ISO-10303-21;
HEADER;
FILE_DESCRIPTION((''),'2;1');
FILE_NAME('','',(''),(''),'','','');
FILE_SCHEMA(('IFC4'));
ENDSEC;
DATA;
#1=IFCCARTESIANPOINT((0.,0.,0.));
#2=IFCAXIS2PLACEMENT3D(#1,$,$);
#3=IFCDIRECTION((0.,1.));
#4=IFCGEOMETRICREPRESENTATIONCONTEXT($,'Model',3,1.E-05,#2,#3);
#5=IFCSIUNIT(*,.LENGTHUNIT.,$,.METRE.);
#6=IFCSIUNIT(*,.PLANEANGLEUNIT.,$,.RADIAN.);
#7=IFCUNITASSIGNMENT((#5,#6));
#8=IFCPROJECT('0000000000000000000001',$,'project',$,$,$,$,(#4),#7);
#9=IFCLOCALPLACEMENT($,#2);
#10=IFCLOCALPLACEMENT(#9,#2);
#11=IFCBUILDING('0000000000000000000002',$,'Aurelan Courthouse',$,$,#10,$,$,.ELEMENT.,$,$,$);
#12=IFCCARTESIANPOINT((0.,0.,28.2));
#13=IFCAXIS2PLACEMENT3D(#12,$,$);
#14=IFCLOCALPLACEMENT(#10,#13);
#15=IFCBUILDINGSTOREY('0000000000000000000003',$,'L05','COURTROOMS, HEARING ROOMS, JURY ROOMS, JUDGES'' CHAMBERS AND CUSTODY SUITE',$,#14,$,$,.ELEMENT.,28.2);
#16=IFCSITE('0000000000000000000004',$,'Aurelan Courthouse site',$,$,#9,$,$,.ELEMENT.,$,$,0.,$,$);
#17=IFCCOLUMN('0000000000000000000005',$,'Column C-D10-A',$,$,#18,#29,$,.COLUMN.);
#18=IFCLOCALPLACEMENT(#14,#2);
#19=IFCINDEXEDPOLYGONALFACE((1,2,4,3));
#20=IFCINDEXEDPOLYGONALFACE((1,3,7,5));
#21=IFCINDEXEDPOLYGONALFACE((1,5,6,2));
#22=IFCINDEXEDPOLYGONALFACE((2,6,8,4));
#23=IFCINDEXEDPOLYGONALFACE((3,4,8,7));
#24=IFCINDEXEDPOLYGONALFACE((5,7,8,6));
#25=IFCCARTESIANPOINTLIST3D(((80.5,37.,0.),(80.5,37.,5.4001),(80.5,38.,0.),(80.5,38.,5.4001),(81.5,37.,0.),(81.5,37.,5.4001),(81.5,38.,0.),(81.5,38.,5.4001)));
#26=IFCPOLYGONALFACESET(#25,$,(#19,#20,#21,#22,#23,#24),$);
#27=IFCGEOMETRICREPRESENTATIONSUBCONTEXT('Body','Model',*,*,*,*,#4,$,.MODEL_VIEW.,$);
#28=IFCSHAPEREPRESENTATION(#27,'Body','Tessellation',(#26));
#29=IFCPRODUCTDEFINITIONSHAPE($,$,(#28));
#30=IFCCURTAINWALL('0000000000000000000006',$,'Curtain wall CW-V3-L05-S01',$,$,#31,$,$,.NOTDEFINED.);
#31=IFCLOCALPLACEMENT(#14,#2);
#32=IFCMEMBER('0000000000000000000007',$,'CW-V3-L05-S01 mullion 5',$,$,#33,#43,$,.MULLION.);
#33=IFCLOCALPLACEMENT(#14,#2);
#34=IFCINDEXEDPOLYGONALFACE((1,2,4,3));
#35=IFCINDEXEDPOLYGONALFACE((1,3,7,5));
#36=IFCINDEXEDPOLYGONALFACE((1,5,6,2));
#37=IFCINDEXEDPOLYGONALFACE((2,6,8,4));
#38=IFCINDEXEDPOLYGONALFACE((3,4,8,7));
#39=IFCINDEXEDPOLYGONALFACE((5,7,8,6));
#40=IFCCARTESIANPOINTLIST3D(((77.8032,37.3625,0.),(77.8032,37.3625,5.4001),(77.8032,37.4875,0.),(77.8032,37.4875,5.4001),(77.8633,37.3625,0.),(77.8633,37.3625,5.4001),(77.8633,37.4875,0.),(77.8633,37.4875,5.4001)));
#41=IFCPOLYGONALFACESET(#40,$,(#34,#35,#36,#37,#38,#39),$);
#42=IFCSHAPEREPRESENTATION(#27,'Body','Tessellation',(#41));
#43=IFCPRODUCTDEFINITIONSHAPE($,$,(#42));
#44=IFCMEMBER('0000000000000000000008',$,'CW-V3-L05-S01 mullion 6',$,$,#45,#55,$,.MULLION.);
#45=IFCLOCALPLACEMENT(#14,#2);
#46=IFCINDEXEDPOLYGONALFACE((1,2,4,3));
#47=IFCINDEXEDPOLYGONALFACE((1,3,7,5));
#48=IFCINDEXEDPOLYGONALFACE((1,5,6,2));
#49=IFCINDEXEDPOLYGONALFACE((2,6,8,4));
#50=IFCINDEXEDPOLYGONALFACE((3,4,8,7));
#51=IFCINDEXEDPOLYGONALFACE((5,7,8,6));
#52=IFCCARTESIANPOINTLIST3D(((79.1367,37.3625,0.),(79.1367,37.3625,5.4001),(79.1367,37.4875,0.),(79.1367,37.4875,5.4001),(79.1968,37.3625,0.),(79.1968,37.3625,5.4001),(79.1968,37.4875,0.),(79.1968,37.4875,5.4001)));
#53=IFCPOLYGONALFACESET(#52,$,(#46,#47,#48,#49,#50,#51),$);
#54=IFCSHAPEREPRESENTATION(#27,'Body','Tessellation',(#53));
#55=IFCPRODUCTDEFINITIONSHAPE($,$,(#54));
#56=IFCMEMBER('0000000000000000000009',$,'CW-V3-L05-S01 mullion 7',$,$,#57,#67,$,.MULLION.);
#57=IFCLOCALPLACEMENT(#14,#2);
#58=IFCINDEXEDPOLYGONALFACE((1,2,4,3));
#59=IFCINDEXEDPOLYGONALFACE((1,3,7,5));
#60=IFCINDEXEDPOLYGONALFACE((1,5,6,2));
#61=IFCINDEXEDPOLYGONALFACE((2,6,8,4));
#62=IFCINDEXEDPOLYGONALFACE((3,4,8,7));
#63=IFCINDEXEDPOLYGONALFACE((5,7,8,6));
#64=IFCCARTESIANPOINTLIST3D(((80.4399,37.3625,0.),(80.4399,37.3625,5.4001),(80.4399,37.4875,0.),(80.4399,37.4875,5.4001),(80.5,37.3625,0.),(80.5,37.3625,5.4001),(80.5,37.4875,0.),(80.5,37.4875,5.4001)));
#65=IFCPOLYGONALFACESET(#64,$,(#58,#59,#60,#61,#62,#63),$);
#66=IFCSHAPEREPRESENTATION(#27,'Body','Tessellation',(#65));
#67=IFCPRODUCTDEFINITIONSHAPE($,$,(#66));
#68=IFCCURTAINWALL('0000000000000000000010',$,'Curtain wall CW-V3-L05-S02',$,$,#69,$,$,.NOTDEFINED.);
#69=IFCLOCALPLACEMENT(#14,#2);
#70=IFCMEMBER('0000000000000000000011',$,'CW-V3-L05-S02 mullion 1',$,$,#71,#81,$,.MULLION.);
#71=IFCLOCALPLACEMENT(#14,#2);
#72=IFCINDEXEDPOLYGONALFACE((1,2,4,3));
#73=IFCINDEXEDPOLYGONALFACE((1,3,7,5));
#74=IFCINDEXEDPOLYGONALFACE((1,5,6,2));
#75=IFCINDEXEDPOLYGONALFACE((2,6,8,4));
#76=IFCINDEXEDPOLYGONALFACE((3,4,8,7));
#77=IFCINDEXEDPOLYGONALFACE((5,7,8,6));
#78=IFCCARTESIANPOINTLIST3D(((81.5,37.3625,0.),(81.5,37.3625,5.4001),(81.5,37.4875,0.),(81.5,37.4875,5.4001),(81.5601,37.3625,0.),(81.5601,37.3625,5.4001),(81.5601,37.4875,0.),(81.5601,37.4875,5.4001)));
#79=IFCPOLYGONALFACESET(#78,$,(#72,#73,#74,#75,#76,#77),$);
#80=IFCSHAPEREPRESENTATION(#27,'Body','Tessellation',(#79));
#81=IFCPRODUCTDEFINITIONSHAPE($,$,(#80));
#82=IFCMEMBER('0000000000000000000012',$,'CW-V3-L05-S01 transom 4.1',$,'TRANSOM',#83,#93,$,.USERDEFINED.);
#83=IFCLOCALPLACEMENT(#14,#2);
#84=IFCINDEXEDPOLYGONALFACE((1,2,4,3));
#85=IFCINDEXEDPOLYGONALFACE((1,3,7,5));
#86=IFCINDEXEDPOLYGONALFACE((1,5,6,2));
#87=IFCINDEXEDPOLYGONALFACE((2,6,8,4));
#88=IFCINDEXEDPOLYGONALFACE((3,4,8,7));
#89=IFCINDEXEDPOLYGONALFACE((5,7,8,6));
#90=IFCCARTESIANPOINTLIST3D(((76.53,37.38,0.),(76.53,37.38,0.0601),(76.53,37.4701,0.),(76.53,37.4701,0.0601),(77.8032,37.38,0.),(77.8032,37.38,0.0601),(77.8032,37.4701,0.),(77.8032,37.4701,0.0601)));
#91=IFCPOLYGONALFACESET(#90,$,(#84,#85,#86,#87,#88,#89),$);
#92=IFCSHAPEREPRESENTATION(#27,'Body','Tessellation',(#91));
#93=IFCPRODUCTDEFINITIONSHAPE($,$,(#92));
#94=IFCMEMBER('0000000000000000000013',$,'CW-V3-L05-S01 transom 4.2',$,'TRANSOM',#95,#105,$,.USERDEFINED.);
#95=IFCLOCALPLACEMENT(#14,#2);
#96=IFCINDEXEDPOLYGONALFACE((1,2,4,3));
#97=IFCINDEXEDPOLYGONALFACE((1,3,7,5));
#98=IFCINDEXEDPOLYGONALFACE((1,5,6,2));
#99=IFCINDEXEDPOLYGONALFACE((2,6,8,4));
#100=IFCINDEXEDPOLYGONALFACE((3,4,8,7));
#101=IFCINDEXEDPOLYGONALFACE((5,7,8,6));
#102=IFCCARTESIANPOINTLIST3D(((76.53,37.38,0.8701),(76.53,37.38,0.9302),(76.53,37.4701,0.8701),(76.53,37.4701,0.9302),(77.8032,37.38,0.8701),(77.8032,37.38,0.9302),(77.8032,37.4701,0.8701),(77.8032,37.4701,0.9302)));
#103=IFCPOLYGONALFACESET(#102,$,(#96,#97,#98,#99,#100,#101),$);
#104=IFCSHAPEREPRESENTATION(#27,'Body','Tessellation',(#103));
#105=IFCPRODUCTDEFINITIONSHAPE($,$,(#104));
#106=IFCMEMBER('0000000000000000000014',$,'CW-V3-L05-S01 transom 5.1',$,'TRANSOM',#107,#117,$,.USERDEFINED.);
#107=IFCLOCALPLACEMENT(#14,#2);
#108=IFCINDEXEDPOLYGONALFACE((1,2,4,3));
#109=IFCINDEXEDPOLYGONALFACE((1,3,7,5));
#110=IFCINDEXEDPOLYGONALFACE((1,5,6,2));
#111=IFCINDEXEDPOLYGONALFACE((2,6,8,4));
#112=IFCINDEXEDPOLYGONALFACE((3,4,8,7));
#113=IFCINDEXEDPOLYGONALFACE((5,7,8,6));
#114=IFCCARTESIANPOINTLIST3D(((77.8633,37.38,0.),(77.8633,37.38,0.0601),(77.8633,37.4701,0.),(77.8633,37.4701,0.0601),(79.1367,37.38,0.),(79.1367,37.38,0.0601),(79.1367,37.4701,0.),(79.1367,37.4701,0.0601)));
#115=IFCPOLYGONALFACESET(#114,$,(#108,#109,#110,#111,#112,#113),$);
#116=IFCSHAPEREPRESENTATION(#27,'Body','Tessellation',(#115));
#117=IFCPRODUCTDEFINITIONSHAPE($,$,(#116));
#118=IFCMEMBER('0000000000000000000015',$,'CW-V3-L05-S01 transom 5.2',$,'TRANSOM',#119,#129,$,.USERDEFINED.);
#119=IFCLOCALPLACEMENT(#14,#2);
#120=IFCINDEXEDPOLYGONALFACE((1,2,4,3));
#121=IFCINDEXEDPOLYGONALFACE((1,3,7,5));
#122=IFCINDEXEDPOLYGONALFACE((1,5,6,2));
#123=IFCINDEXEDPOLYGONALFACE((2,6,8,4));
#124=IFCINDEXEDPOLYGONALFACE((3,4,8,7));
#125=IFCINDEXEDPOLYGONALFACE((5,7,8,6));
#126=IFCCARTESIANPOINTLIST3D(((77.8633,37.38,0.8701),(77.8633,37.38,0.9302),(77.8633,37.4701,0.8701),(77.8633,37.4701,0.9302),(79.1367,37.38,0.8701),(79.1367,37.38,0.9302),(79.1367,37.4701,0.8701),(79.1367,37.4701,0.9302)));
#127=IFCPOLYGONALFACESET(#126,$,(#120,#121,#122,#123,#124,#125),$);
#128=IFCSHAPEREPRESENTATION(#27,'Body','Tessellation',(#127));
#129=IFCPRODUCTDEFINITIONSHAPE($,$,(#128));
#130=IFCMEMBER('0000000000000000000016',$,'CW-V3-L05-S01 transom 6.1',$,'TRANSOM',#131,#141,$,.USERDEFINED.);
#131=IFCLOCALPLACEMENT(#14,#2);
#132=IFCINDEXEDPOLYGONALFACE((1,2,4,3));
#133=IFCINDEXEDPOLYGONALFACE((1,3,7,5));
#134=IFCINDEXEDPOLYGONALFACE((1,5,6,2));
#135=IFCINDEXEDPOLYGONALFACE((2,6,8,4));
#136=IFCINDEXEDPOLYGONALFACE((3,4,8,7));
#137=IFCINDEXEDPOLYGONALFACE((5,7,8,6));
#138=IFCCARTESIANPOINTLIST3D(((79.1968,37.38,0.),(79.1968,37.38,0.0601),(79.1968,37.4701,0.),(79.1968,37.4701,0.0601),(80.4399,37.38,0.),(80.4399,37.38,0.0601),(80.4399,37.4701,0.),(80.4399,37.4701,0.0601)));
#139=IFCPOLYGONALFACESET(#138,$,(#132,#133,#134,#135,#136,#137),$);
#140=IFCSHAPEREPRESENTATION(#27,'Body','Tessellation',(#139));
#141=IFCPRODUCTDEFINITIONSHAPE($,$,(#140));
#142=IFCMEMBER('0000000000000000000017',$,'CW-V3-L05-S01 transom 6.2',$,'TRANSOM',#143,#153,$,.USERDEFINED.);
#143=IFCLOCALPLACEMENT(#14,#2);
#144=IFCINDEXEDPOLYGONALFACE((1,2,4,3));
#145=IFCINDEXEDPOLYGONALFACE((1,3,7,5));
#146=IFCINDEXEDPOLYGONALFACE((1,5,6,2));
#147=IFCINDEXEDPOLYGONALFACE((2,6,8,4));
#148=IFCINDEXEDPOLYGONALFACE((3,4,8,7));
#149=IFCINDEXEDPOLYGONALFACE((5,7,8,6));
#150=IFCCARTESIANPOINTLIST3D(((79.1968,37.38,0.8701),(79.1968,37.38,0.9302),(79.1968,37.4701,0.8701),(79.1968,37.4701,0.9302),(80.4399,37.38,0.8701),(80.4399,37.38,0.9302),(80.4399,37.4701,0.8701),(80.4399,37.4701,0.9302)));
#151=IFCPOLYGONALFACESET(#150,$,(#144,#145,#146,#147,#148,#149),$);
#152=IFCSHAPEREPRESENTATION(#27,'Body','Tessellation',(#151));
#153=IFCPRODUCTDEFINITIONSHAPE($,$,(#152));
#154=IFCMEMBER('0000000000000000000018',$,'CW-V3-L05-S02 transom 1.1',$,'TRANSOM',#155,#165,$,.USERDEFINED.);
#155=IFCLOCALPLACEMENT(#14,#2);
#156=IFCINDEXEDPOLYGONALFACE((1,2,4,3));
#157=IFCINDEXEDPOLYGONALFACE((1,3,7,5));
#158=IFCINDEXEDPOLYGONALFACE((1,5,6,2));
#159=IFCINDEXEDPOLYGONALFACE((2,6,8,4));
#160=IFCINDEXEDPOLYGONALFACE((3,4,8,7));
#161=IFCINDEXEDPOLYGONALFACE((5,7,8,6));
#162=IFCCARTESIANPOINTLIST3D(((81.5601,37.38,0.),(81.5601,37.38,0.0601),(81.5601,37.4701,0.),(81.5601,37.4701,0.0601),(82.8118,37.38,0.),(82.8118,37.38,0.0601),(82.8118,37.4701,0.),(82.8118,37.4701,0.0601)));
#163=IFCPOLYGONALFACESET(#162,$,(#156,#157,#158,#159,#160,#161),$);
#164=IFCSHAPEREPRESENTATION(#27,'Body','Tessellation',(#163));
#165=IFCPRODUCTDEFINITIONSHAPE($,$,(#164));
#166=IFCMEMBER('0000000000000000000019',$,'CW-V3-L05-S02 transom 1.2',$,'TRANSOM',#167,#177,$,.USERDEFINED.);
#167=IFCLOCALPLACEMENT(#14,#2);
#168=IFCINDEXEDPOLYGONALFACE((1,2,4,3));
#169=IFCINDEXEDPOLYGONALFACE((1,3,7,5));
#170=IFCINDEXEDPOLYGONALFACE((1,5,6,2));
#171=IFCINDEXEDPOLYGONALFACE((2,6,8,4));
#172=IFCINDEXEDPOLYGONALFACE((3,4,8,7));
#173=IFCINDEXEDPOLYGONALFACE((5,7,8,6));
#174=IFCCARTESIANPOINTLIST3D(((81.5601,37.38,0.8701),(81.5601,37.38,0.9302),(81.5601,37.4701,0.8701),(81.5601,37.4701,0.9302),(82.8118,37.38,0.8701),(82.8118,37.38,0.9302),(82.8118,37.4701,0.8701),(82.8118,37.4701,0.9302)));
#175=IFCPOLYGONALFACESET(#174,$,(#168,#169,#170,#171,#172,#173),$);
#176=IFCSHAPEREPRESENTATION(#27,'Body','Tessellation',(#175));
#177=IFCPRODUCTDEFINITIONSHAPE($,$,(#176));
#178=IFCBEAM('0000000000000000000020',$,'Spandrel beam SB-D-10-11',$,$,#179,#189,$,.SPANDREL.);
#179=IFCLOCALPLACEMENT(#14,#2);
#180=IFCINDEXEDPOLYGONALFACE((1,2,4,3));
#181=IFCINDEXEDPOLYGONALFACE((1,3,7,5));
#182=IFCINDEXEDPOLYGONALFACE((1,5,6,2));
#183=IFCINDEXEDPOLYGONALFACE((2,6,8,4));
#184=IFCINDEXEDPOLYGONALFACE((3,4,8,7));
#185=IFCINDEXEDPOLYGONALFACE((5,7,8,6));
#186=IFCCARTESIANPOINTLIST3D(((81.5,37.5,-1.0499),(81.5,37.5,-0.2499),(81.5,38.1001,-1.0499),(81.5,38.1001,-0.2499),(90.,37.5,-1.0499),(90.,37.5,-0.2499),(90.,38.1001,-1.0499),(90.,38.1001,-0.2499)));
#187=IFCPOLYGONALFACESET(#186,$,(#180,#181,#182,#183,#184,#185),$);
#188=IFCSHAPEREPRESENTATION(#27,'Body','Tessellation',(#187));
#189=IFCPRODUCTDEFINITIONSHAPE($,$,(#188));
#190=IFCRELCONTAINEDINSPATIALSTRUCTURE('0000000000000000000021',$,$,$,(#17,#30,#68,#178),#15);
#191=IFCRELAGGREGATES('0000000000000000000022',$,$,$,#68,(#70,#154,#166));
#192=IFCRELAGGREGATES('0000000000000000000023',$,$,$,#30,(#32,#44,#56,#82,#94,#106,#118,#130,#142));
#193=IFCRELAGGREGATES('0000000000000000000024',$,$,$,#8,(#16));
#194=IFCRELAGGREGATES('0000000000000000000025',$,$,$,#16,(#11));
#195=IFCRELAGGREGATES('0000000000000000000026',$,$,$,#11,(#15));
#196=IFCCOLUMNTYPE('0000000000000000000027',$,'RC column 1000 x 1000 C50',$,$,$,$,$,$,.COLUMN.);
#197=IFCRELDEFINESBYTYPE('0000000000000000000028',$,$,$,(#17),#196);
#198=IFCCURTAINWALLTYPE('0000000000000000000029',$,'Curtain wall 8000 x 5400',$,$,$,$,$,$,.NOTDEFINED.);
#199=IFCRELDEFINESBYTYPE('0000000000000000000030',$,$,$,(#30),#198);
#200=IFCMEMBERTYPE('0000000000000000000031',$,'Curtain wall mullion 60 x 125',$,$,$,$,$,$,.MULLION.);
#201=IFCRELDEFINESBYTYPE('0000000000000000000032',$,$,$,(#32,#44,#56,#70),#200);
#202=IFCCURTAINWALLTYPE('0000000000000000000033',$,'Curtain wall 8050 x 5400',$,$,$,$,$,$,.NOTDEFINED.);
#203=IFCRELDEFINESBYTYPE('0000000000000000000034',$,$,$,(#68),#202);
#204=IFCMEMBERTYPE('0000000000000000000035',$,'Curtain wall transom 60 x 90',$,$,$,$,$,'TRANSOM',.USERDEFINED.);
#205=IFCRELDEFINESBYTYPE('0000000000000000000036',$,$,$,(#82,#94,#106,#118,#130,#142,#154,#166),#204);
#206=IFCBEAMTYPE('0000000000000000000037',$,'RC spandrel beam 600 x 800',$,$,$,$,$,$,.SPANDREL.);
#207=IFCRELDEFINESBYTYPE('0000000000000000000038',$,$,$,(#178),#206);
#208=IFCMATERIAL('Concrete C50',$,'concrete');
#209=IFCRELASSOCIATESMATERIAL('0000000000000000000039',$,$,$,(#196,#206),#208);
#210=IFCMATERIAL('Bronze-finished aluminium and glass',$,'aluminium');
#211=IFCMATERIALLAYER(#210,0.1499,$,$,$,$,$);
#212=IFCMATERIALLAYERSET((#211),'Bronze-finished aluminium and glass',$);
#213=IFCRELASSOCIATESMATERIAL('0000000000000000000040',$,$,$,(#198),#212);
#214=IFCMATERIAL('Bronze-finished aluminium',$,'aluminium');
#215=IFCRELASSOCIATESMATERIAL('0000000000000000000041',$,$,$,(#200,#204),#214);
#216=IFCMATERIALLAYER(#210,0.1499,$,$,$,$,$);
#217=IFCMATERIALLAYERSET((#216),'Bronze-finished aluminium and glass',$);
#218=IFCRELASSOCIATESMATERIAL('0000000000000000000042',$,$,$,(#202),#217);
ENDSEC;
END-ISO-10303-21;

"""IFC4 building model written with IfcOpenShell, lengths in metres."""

from ifc_helpers import new_model, si_unit, direction, frame, origin, origin_2d, place, context, subcontext, project, spatial, rectangle, extrude, material, layer, layer_set, material_profile, profile_set, type_object, element, aggregate, save


model = new_model("IFC4")

# Units and contexts
model_context = context("Model", 3, precision=1e-05, world=origin(), true_north=direction((0.0, 1.0)))
body_context = subcontext(model_context, "Body", "Model", "MODEL_VIEW")
ifc_project = project(units=[si_unit("LENGTHUNIT", "METRE"), si_unit("PLANEANGLEUNIT", "RADIAN")], contexts=[model_context])

# Site, building, storey
site_placement = place(None, origin())
site = spatial("IfcSite", under=ifc_project, at=site_placement, Name="Aurelan Courthouse site", CompositionType="ELEMENT", RefElevation=0.0)
building_placement = place(site_placement, origin())
building = spatial("IfcBuilding", under=site, at=building_placement, Name="Aurelan Courthouse", CompositionType="ELEMENT")
storey_placement = place(building_placement, frame((0.0, 0.0, 28.2)))
storey = spatial("IfcBuildingStorey", under=building, at=storey_placement, Name="L05", Description="COURTROOMS, HEARING ROOMS, JURY ROOMS, JUDGES' CHAMBERS AND CUSTODY SUITE", CompositionType="ELEMENT", Elevation=28.2)

# Column
ifc_material_1 = material(Name="Concrete C50", Category="concrete")
ifc_material_profile_1 = material_profile(ifc_material_1, rectangle(XDim=1.0, YDim=1.0, at=origin_2d()), Name="RC 1000 x 1000")
ifc_profile_set_1 = profile_set([ifc_material_profile_1], Name="Concrete C50")
column_type = type_object("IfcColumnType", Name="RC column 1000 x 1000 C50", PredefinedType="COLUMN", material=ifc_profile_set_1)
column_placement = place(storey_placement, frame((81.0, 37.5, 0.0), z_axis=(0.0, 0.0, 1.0), x_axis=(1.0, 0.0, 0.0)))
element("IfcColumn", 1, at=column_placement, inside=storey, type_object=column_type, Name="Column C-D10-A", PredefinedType="COLUMN", context=body_context, shape_type="SweptSolid", body=[
    extrude(rectangle(XDim=1.0, YDim=1.0, at=origin_2d()), origin(), (0.0, 0.0, 1.0), 5.4001),
])

# Curtain wall, members
ifc_material_2 = material(Name="Bronze-finished aluminium and glass", Category="aluminium")
ifc_layer_1 = layer(ifc_material_2, 0.1499)
ifc_layer_set_1 = layer_set([ifc_layer_1], Name="Bronze-finished aluminium and glass")
curtain_wall_type_1 = type_object("IfcCurtainWallType", Name="Curtain wall 8000 x 5400", PredefinedType="NOTDEFINED", material=ifc_layer_set_1)
curtain_wall_1_placement = place(storey_placement, origin())
curtain_wall_1 = element("IfcCurtainWall", 2, at=curtain_wall_1_placement, inside=storey, type_object=curtain_wall_type_1, Name="Curtain wall CW-V3-L05-S01", PredefinedType="NOTDEFINED")
ifc_material_3 = material(Name="Bronze-finished aluminium", Category="aluminium")
ifc_material_profile_2 = material_profile(ifc_material_3, rectangle(XDim=0.125, YDim=0.0601, at=origin_2d()), Name="Bronze mullion 60 x 125")
ifc_profile_set_2 = profile_set([ifc_material_profile_2], Name="Bronze-finished aluminium")
member_type_1 = type_object("IfcMemberType", Name="Curtain wall mullion 60 x 125", PredefinedType="MULLION", material=ifc_profile_set_2)
member_1_placement = place(storey_placement, frame((77.8333, 37.425, 0.0), z_axis=(0.0, 0.0, 1.0), x_axis=(0.0, 1.0, 0.0)))
member_1 = element("IfcMember", 3, at=member_1_placement, type_object=member_type_1, Name="CW-V3-L05-S01 mullion 5", PredefinedType="MULLION", context=body_context, shape_type="SweptSolid", body=[
    extrude(rectangle(XDim=0.125, YDim=0.0601, at=origin_2d()), origin(), (0.0, 0.0, 1.0), 5.4001),
])
member_2_placement = place(storey_placement, frame((79.1667, 37.425, 0.0), z_axis=(0.0, 0.0, 1.0), x_axis=(0.0, 1.0, 0.0)))
member_2 = element("IfcMember", 4, at=member_2_placement, type_object=member_type_1, Name="CW-V3-L05-S01 mullion 6", PredefinedType="MULLION", context=body_context, shape_type="SweptSolid", body=[
    extrude(rectangle(XDim=0.125, YDim=0.0601, at=origin_2d()), origin(), (0.0, 0.0, 1.0), 5.4001),
])
member_3_placement = place(storey_placement, frame((80.47, 37.425, 0.0), z_axis=(0.0, 0.0, 1.0), x_axis=(0.0, 1.0, 0.0)))
member_3 = element("IfcMember", 5, at=member_3_placement, type_object=member_type_1, Name="CW-V3-L05-S01 mullion 7", PredefinedType="MULLION", context=body_context, shape_type="SweptSolid", body=[
    extrude(rectangle(XDim=0.125, YDim=0.0601, at=origin_2d()), origin(), (0.0, 0.0, 1.0), 5.4001),
])

# Curtain wall, member
ifc_layer_2 = layer(ifc_material_2, 0.1499)
ifc_layer_set_2 = layer_set([ifc_layer_2], Name="Bronze-finished aluminium and glass")
curtain_wall_type_2 = type_object("IfcCurtainWallType", Name="Curtain wall 8050 x 5400", PredefinedType="NOTDEFINED", material=ifc_layer_set_2)
curtain_wall_2_placement = place(storey_placement, origin())
curtain_wall_2 = element("IfcCurtainWall", 6, at=curtain_wall_2_placement, inside=storey, type_object=curtain_wall_type_2, Name="Curtain wall CW-V3-L05-S02", PredefinedType="NOTDEFINED")
member_4_placement = place(storey_placement, frame((81.53, 37.425, 0.0), z_axis=(0.0, 0.0, 1.0), x_axis=(0.0, 1.0, 0.0)))
member_4 = element("IfcMember", 7, at=member_4_placement, type_object=member_type_1, Name="CW-V3-L05-S02 mullion 1", PredefinedType="MULLION", context=body_context, shape_type="SweptSolid", body=[
    extrude(rectangle(XDim=0.125, YDim=0.0601, at=origin_2d()), origin(), (0.0, 0.0, 1.0), 5.4001),
])

# Members
ifc_material_profile_3 = material_profile(ifc_material_3, rectangle(XDim=0.0901, YDim=0.0601, at=origin_2d()), Name="Bronze transom 60 x 90")
ifc_profile_set_3 = profile_set([ifc_material_profile_3], Name="Bronze-finished aluminium")
member_type_2 = type_object("IfcMemberType", Name="Curtain wall transom 60 x 90", ElementType="TRANSOM", PredefinedType="USERDEFINED", material=ifc_profile_set_3)
member_5_placement = place(storey_placement, frame((76.53, 37.425, 0.03), z_axis=(1.0, 0.0, 0.0), x_axis=(0.0, 1.0, 0.0)))
member_5 = element("IfcMember", 8, at=member_5_placement, type_object=member_type_2, Name="CW-V3-L05-S01 transom 4.1", ObjectType="TRANSOM", PredefinedType="USERDEFINED", context=body_context, shape_type="SweptSolid", body=[
    extrude(rectangle(XDim=0.0901, YDim=0.0601, at=origin_2d()), origin(), (0.0, 0.0, 1.0), 1.2732),
])
member_6_placement = place(storey_placement, frame((76.53, 37.425, 0.9001), z_axis=(1.0, 0.0, 0.0), x_axis=(0.0, 1.0, 0.0)))
member_6 = element("IfcMember", 9, at=member_6_placement, type_object=member_type_2, Name="CW-V3-L05-S01 transom 4.2", ObjectType="TRANSOM", PredefinedType="USERDEFINED", context=body_context, shape_type="SweptSolid", body=[
    extrude(rectangle(XDim=0.0901, YDim=0.0601, at=origin_2d()), origin(), (0.0, 0.0, 1.0), 1.2732),
])
member_7_placement = place(storey_placement, frame((77.8633, 37.425, 0.03), z_axis=(1.0, 0.0, 0.0), x_axis=(0.0, 1.0, 0.0)))
member_7 = element("IfcMember", 10, at=member_7_placement, type_object=member_type_2, Name="CW-V3-L05-S01 transom 5.1", ObjectType="TRANSOM", PredefinedType="USERDEFINED", context=body_context, shape_type="SweptSolid", body=[
    extrude(rectangle(XDim=0.0901, YDim=0.0601, at=origin_2d()), origin(), (0.0, 0.0, 1.0), 1.2734),
])
member_8_placement = place(storey_placement, frame((77.8633, 37.425, 0.9001), z_axis=(1.0, 0.0, 0.0), x_axis=(0.0, 1.0, 0.0)))
member_8 = element("IfcMember", 11, at=member_8_placement, type_object=member_type_2, Name="CW-V3-L05-S01 transom 5.2", ObjectType="TRANSOM", PredefinedType="USERDEFINED", context=body_context, shape_type="SweptSolid", body=[
    extrude(rectangle(XDim=0.0901, YDim=0.0601, at=origin_2d()), origin(), (0.0, 0.0, 1.0), 1.2734),
])
member_9_placement = place(storey_placement, frame((79.1968, 37.425, 0.03), z_axis=(1.0, 0.0, 0.0), x_axis=(0.0, 1.0, 0.0)))
member_9 = element("IfcMember", 12, at=member_9_placement, type_object=member_type_2, Name="CW-V3-L05-S01 transom 6.1", ObjectType="TRANSOM", PredefinedType="USERDEFINED", context=body_context, shape_type="SweptSolid", body=[
    extrude(rectangle(XDim=0.0901, YDim=0.0601, at=origin_2d()), origin(), (0.0, 0.0, 1.0), 1.2432),
])
member_10_placement = place(storey_placement, frame((79.1968, 37.425, 0.9001), z_axis=(1.0, 0.0, 0.0), x_axis=(0.0, 1.0, 0.0)))
member_10 = element("IfcMember", 13, at=member_10_placement, type_object=member_type_2, Name="CW-V3-L05-S01 transom 6.2", ObjectType="TRANSOM", PredefinedType="USERDEFINED", context=body_context, shape_type="SweptSolid", body=[
    extrude(rectangle(XDim=0.0901, YDim=0.0601, at=origin_2d()), origin(), (0.0, 0.0, 1.0), 1.2432),
])
member_11_placement = place(storey_placement, frame((81.5601, 37.425, 0.03), z_axis=(1.0, 0.0, 0.0), x_axis=(0.0, 1.0, 0.0)))
member_11 = element("IfcMember", 14, at=member_11_placement, type_object=member_type_2, Name="CW-V3-L05-S02 transom 1.1", ObjectType="TRANSOM", PredefinedType="USERDEFINED", context=body_context, shape_type="SweptSolid", body=[
    extrude(rectangle(XDim=0.0901, YDim=0.0601, at=origin_2d()), origin(), (0.0, 0.0, 1.0), 1.2517),
])
member_12_placement = place(storey_placement, frame((81.5601, 37.425, 0.9001), z_axis=(1.0, 0.0, 0.0), x_axis=(0.0, 1.0, 0.0)))
member_12 = element("IfcMember", 15, at=member_12_placement, type_object=member_type_2, Name="CW-V3-L05-S02 transom 1.2", ObjectType="TRANSOM", PredefinedType="USERDEFINED", context=body_context, shape_type="SweptSolid", body=[
    extrude(rectangle(XDim=0.0901, YDim=0.0601, at=origin_2d()), origin(), (0.0, 0.0, 1.0), 1.2517),
])

# Beam
ifc_material_profile_4 = material_profile(ifc_material_1, rectangle(XDim=0.6001, YDim=0.8, at=origin_2d()), Name="RC 600 x 800")
ifc_profile_set_4 = profile_set([ifc_material_profile_4], Name="Concrete C50")
beam_type = type_object("IfcBeamType", Name="RC spandrel beam 600 x 800", PredefinedType="SPANDREL", material=ifc_profile_set_4)
beam_placement = place(storey_placement, frame((81.5, 37.8, -0.6499), z_axis=(1.0, 0.0, 0.0), x_axis=(0.0, 1.0, 0.0)))
element("IfcBeam", 16, at=beam_placement, inside=storey, type_object=beam_type, Name="Spandrel beam SB-D-10-11", PredefinedType="SPANDREL", context=body_context, shape_type="SweptSolid", body=[
    extrude(rectangle(XDim=0.6001, YDim=0.8, at=origin_2d()), origin(), (0.0, 0.0, 1.0), 8.5),
])

aggregate(curtain_wall_2, [member_4, member_11, member_12])
aggregate(curtain_wall_1, [member_1, member_2, member_3, member_5, member_6, member_7, member_8, member_9, member_10])

save(model, "model.ifc")
